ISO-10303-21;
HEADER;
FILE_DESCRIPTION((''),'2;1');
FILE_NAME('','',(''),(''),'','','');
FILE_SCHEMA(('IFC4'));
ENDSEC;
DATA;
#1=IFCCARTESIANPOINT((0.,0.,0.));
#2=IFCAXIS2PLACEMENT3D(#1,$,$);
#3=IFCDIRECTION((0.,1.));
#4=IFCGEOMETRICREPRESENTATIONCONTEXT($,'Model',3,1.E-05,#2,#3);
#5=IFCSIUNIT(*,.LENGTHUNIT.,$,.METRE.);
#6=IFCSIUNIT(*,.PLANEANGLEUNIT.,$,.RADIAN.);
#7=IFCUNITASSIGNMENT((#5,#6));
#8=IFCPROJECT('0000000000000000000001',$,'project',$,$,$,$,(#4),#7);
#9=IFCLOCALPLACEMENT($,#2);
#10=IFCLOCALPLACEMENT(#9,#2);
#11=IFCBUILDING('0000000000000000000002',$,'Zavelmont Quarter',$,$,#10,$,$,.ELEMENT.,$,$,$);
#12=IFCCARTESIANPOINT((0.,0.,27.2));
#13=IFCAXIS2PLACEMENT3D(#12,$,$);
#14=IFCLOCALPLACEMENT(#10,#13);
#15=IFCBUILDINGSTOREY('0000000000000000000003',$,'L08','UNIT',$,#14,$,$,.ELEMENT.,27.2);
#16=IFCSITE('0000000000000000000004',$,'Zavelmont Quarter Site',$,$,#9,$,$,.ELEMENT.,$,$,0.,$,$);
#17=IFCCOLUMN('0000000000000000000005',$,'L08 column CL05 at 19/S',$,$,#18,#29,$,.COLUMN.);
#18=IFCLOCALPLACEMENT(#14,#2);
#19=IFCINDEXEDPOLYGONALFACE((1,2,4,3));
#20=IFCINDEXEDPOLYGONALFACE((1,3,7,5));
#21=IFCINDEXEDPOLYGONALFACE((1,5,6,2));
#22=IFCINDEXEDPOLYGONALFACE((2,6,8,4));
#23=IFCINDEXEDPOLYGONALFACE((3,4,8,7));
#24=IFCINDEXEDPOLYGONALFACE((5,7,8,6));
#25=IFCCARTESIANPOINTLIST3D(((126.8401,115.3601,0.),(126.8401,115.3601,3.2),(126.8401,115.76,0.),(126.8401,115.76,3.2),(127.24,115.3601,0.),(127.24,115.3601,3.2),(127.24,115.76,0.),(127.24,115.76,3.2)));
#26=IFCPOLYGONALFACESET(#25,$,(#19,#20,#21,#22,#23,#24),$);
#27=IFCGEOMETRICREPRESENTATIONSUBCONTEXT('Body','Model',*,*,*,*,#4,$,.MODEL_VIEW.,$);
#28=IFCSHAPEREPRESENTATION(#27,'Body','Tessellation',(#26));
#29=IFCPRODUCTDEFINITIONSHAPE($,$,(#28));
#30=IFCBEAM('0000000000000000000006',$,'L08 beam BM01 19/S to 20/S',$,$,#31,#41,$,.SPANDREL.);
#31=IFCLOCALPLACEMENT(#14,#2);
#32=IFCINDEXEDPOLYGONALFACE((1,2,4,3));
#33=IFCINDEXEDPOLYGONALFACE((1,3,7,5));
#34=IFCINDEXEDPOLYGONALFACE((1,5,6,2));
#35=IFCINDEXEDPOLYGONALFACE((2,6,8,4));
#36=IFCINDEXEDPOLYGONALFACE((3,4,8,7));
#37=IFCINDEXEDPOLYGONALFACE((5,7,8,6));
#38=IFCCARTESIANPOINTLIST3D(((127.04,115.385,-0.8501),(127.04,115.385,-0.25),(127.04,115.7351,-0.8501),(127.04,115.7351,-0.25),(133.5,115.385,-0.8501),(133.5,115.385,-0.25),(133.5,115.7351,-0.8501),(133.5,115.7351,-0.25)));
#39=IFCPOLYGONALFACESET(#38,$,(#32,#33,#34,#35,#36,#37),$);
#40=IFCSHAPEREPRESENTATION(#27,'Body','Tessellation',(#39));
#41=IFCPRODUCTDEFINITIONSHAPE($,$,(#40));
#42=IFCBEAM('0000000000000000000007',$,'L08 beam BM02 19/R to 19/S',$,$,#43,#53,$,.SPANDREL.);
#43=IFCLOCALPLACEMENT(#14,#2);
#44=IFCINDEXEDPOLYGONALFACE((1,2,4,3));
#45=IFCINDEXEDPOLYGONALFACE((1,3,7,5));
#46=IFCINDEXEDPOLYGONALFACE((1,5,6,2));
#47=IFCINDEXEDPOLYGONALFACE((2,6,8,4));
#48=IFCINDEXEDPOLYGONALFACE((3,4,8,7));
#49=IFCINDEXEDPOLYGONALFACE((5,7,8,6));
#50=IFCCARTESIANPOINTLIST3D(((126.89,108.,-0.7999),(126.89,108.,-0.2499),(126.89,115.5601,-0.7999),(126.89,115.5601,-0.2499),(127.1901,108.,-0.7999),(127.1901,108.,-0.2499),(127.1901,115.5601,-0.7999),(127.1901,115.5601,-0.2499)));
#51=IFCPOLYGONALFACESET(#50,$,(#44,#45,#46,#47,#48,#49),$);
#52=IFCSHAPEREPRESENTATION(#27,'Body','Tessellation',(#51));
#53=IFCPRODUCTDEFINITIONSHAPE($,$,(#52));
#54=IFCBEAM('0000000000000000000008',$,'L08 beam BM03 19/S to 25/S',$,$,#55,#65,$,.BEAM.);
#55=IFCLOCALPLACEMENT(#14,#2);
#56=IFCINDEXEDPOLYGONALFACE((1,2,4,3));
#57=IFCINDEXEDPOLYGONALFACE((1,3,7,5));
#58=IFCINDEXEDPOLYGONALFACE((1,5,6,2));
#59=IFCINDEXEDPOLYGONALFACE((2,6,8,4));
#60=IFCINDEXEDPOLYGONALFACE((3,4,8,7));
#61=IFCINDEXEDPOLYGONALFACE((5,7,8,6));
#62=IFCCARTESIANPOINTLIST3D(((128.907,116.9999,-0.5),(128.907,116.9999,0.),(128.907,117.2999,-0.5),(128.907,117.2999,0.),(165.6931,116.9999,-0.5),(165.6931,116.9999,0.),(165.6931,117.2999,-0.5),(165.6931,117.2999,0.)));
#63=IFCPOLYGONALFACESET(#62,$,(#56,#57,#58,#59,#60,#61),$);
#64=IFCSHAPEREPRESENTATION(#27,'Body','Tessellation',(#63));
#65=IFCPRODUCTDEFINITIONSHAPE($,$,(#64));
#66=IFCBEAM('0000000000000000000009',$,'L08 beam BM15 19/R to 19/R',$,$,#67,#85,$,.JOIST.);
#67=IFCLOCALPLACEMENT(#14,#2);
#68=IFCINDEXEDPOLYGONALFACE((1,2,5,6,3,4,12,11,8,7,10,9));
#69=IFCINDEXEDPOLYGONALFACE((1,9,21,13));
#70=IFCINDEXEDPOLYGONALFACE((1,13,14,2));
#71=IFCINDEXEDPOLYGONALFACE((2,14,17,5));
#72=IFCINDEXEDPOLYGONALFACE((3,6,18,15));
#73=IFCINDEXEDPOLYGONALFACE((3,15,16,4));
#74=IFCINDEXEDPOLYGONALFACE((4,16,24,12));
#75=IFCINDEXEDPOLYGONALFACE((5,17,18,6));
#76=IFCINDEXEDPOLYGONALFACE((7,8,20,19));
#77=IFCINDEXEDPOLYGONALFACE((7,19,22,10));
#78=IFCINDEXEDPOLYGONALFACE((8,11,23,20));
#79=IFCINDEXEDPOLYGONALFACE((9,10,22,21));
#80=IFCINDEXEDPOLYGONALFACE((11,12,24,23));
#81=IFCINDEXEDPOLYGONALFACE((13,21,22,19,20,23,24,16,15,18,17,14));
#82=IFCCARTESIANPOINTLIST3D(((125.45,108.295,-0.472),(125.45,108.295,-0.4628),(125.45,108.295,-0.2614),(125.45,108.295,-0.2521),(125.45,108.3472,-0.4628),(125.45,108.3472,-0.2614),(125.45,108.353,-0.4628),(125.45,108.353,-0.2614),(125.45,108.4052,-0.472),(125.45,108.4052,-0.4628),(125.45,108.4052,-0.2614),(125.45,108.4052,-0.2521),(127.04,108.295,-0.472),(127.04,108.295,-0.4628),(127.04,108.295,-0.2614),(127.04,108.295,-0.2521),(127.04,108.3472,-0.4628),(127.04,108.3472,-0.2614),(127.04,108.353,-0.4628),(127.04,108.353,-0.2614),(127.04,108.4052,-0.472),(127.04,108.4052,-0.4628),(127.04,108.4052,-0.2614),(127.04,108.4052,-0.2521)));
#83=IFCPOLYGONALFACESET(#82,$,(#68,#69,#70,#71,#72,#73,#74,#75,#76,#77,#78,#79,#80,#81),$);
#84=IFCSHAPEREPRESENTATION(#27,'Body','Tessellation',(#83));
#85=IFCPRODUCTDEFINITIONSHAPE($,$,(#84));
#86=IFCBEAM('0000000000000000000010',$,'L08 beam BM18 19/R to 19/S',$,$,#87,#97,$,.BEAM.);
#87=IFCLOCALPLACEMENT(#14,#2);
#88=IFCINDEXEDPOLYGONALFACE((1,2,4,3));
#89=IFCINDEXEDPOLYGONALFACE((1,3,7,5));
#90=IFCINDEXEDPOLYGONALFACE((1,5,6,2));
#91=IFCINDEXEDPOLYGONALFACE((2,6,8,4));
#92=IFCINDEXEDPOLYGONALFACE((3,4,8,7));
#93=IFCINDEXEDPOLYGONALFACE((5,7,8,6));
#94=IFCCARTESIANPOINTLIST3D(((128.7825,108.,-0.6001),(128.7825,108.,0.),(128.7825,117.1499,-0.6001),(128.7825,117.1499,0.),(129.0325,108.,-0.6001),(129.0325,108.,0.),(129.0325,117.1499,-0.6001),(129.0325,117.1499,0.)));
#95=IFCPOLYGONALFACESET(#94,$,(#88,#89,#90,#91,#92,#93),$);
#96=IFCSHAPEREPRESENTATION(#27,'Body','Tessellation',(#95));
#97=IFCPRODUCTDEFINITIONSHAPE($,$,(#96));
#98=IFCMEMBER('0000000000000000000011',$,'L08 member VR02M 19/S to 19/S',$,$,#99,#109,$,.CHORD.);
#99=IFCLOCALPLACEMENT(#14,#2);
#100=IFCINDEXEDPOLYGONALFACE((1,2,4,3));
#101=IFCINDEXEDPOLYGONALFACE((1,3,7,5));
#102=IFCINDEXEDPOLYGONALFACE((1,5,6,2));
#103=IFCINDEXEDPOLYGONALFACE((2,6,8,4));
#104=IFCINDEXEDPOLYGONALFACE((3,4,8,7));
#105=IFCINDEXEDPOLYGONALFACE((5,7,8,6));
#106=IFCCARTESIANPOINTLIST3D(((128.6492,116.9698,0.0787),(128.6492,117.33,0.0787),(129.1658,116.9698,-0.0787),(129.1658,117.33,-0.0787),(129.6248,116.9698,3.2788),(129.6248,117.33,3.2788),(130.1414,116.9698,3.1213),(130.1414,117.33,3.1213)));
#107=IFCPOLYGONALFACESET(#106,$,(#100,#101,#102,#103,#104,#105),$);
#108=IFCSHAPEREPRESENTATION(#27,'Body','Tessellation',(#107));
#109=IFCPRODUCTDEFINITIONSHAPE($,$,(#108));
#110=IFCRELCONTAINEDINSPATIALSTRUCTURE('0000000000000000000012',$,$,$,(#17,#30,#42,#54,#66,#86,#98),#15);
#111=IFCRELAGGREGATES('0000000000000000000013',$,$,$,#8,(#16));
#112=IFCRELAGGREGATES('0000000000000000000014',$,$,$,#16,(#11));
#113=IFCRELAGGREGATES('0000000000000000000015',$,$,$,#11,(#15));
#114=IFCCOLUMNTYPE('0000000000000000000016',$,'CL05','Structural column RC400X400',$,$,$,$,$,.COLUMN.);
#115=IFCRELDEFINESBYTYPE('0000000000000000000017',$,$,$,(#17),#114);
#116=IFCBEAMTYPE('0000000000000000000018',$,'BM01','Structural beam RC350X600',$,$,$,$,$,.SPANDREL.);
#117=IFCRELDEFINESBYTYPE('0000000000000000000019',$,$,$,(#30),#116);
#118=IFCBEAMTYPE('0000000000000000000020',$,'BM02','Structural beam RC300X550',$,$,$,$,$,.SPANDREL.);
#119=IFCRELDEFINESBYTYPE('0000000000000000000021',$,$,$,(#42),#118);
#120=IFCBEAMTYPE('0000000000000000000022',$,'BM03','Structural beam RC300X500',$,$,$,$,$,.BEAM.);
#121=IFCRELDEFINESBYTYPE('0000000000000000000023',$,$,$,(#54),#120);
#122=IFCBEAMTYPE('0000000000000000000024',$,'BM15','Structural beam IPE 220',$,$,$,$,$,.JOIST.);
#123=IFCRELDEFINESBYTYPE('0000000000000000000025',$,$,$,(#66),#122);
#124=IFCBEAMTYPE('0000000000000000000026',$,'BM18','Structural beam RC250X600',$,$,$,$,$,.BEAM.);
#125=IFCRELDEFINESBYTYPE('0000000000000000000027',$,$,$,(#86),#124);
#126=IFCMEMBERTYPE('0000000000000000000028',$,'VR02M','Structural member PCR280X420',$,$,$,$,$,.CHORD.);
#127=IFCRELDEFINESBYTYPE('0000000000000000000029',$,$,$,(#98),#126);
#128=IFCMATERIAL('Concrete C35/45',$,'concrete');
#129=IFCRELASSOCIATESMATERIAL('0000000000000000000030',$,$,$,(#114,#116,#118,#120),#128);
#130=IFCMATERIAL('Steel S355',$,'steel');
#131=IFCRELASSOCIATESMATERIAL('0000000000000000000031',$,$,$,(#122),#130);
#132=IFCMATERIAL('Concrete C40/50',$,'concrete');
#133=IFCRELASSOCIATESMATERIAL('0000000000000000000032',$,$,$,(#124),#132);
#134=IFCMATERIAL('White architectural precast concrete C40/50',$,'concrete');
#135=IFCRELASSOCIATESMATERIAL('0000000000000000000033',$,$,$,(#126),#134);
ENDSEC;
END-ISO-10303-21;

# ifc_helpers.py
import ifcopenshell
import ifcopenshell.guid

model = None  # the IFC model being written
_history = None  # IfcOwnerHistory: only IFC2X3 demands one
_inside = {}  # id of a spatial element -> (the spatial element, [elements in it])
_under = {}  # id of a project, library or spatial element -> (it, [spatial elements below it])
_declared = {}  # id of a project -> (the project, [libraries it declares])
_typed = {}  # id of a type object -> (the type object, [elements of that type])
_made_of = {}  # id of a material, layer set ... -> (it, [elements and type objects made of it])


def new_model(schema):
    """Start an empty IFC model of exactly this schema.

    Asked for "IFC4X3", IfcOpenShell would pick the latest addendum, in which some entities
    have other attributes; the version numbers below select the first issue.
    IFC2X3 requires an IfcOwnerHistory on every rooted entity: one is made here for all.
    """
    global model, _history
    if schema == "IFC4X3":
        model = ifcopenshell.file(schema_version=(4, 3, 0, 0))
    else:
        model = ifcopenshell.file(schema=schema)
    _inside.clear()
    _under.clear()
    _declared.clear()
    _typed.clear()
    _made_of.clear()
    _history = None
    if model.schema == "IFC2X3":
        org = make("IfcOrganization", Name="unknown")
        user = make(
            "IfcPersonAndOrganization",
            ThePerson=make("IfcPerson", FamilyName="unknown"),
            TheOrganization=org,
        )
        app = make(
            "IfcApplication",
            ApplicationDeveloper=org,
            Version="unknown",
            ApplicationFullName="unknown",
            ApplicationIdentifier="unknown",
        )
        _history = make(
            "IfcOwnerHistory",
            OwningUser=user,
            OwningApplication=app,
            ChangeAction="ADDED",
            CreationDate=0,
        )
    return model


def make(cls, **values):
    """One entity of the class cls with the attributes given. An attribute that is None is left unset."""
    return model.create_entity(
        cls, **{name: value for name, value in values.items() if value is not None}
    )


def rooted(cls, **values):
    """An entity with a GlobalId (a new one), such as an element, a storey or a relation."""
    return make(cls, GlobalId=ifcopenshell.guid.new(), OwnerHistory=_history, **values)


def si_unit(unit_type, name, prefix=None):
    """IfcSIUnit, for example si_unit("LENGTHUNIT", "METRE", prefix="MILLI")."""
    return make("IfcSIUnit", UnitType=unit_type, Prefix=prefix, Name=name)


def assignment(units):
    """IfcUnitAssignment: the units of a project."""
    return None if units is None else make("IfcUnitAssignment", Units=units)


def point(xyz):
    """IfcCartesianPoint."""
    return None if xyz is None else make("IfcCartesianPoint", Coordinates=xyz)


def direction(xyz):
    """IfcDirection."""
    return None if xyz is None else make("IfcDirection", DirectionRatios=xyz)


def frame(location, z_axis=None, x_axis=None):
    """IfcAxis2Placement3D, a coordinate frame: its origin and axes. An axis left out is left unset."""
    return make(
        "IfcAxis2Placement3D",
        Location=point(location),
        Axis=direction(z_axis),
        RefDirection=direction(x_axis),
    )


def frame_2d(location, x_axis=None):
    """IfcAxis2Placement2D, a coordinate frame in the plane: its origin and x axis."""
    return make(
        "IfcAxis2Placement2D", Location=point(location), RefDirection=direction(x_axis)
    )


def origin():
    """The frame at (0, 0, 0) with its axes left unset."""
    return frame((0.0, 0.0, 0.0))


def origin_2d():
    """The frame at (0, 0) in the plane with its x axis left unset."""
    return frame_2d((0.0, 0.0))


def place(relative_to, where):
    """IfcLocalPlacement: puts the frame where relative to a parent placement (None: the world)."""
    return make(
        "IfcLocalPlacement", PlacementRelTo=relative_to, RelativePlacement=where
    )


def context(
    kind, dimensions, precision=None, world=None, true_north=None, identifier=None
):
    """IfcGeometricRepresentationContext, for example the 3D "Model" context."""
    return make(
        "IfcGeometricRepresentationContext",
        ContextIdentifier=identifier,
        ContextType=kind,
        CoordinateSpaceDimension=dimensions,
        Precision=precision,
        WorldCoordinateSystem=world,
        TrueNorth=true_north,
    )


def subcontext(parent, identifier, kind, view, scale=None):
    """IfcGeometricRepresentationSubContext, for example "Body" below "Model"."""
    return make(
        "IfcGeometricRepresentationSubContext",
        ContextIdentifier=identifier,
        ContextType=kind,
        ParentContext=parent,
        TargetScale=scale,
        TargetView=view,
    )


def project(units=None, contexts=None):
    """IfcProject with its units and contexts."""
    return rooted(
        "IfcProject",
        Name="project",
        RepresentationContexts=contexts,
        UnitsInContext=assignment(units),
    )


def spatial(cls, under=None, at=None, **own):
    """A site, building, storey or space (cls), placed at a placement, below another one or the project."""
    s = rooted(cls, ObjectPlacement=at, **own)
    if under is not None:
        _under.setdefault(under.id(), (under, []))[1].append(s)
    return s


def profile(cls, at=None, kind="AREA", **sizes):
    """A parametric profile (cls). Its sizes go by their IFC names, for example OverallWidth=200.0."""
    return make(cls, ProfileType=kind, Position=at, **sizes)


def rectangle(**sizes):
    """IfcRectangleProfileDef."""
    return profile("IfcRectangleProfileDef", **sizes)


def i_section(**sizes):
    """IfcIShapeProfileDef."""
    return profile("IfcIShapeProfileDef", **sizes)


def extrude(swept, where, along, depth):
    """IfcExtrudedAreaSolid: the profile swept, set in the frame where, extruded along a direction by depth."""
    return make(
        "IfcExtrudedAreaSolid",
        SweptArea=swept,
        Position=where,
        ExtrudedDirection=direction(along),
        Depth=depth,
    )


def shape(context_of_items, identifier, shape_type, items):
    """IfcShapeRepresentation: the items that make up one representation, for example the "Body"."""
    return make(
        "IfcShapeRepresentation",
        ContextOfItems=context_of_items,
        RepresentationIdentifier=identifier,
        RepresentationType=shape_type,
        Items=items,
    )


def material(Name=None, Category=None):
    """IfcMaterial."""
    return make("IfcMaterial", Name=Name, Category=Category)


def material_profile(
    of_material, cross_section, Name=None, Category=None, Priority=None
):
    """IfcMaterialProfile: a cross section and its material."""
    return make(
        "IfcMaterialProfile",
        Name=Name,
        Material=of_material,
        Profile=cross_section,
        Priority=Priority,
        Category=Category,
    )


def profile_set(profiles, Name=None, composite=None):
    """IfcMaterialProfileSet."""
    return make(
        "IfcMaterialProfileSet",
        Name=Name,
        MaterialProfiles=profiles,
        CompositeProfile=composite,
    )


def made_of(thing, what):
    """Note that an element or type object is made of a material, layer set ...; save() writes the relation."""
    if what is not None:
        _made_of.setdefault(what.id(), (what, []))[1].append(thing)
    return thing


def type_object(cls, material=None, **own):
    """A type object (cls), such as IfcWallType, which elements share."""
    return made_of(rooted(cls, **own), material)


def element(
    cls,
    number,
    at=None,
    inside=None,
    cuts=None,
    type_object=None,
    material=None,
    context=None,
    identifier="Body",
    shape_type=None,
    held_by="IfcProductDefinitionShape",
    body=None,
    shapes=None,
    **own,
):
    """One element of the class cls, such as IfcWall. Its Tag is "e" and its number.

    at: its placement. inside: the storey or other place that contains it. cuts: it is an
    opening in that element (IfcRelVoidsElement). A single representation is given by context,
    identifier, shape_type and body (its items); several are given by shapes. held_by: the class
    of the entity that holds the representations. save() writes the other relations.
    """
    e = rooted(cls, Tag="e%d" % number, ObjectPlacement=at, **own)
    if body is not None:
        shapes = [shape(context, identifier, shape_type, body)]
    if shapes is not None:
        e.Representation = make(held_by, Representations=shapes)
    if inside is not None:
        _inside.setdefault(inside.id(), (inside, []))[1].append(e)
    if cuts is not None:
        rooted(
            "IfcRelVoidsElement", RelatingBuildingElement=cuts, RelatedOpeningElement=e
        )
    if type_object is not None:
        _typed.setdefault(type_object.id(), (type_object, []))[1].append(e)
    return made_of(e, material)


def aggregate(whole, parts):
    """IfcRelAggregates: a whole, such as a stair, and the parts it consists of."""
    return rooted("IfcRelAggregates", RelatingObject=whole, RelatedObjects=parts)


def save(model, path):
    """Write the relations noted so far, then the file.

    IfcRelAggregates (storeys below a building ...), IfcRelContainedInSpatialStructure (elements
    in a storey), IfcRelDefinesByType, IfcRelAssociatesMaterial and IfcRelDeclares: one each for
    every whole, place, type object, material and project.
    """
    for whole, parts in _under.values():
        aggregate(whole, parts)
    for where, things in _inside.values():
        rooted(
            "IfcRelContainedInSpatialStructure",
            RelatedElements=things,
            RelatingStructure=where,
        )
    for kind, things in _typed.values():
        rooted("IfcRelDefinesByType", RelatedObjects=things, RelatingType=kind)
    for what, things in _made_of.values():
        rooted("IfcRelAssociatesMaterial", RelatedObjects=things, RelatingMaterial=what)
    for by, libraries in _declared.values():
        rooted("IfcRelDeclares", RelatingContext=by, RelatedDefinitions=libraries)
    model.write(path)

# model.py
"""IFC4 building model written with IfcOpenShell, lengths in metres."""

from ifc_helpers import new_model, si_unit, direction, frame, origin, origin_2d, place, context, subcontext, project, spatial, rectangle, i_section, extrude, material, material_profile, profile_set, type_object, element, save


model = new_model("IFC4")

# Units and contexts
model_context = context("Model", 3, precision=1e-05, world=origin(), true_north=direction((0.0, 1.0)))
body_context = subcontext(model_context, "Body", "Model", "MODEL_VIEW")
ifc_project = project(units=[si_unit("LENGTHUNIT", "METRE"), si_unit("PLANEANGLEUNIT", "RADIAN")], contexts=[model_context])

# Site, building, storey
site_placement = place(None, origin())
site = spatial("IfcSite", under=ifc_project, at=site_placement, Name="Zavelmont Quarter Site", CompositionType="ELEMENT", RefElevation=0.0)
building_placement = place(site_placement, origin())
building = spatial("IfcBuilding", under=site, at=building_placement, Name="Zavelmont Quarter", CompositionType="ELEMENT")
storey_placement = place(building_placement, frame((0.0, 0.0, 27.2)))
storey = spatial("IfcBuildingStorey", under=building, at=storey_placement, Name="L08", Description="UNIT", CompositionType="ELEMENT", Elevation=27.2)

# Column
ifc_material_1 = material(Name="Concrete C35/45", Category="concrete")
ifc_material_profile_1 = material_profile(ifc_material_1, rectangle(XDim=0.3999, YDim=0.3999, at=origin_2d()), Name="RC400X400")
ifc_profile_set_1 = profile_set([ifc_material_profile_1], Name="Concrete C35/45")
column_type = type_object("IfcColumnType", Name="CL05", Description="Structural column RC400X400", PredefinedType="COLUMN", material=ifc_profile_set_1)
column_placement = place(storey_placement, frame((127.04, 115.5601, 0.0), z_axis=(0.0, 0.0, 1.0), x_axis=(1.0, 0.0, 0.0)))
element("IfcColumn", 1, at=column_placement, inside=storey, type_object=column_type, Name="L08 column CL05 at 19/S", PredefinedType="COLUMN", context=body_context, shape_type="SweptSolid", body=[
    extrude(rectangle(XDim=0.3999, YDim=0.3999, at=origin_2d()), origin(), (0.0, 0.0, 1.0), 3.2),
])

# Beams
ifc_material_profile_2 = material_profile(ifc_material_1, rectangle(XDim=0.3501, YDim=0.6001, at=origin_2d()), Name="RC350X600")
ifc_profile_set_2 = profile_set([ifc_material_profile_2], Name="Concrete C35/45")
beam_type_1 = type_object("IfcBeamType", Name="BM01", Description="Structural beam RC350X600", PredefinedType="SPANDREL", material=ifc_profile_set_2)
beam_1_placement = place(storey_placement, frame((127.04, 115.5601, -0.55), z_axis=(1.0, 0.0, 0.0), x_axis=(0.0, 1.0, 0.0)))
element("IfcBeam", 2, at=beam_1_placement, inside=storey, type_object=beam_type_1, Name="L08 beam BM01 19/S to 20/S", PredefinedType="SPANDREL", context=body_context, shape_type="SweptSolid", body=[
    extrude(rectangle(XDim=0.3501, YDim=0.6001, at=origin_2d()), origin(), (0.0, 0.0, 1.0), 6.46),
])
ifc_material_profile_3 = material_profile(ifc_material_1, rectangle(XDim=0.3, YDim=0.55, at=origin_2d()), Name="RC300X550")
ifc_profile_set_3 = profile_set([ifc_material_profile_3], Name="Concrete C35/45")
beam_type_2 = type_object("IfcBeamType", Name="BM02", Description="Structural beam RC300X550", PredefinedType="SPANDREL", material=ifc_profile_set_3)
beam_2_placement = place(storey_placement, frame((127.04, 108.0, -0.5249), z_axis=(0.0, 1.0, 0.0), x_axis=(-1.0, 0.0, 0.0)))
element("IfcBeam", 3, at=beam_2_placement, inside=storey, type_object=beam_type_2, Name="L08 beam BM02 19/R to 19/S", PredefinedType="SPANDREL", context=body_context, shape_type="SweptSolid", body=[
    extrude(rectangle(XDim=0.3, YDim=0.55, at=origin_2d()), origin(), (0.0, 0.0, 1.0), 7.5601),
])
ifc_material_profile_4 = material_profile(ifc_material_1, rectangle(XDim=0.3, YDim=0.5, at=origin_2d()), Name="RC300X500")
ifc_profile_set_4 = profile_set([ifc_material_profile_4], Name="Concrete C35/45")
beam_type_3 = type_object("IfcBeamType", Name="BM03", Description="Structural beam RC300X500", PredefinedType="BEAM", material=ifc_profile_set_4)
beam_3_placement = place(storey_placement, frame((128.907, 117.1499, -0.25), z_axis=(1.0, 0.0, 0.0), x_axis=(0.0, 1.0, 0.0)))
element("IfcBeam", 4, at=beam_3_placement, inside=storey, type_object=beam_type_3, Name="L08 beam BM03 19/S to 25/S", PredefinedType="BEAM", context=body_context, shape_type="SweptSolid", body=[
    extrude(rectangle(XDim=0.3, YDim=0.5, at=origin_2d()), origin(), (0.0, 0.0, 1.0), 36.7861),
])
ifc_material_2 = material(Name="Steel S355", Category="steel")
ifc_material_profile_5 = material_profile(ifc_material_2, i_section(OverallWidth=0.1101, OverallDepth=0.22, WebThickness=0.0059, FlangeThickness=0.0093, at=origin_2d()), Name="IPE 220")
ifc_profile_set_5 = profile_set([ifc_material_profile_5], Name="Steel S355")
beam_type_4 = type_object("IfcBeamType", Name="BM15", Description="Structural beam IPE 220", PredefinedType="JOIST", material=ifc_profile_set_5)
beam_4_placement = place(storey_placement, frame((127.04, 108.3501, -0.3621), z_axis=(-1.0, 0.0, 0.0), x_axis=(0.0, -1.0, 0.0)))
element("IfcBeam", 5, at=beam_4_placement, inside=storey, type_object=beam_type_4, Name="L08 beam BM15 19/R to 19/R", PredefinedType="JOIST", context=body_context, shape_type="SweptSolid", body=[
    extrude(i_section(OverallWidth=0.1101, OverallDepth=0.22, WebThickness=0.0059, FlangeThickness=0.0093, at=origin_2d()), origin(), (0.0, 0.0, 1.0), 1.5901),
])
ifc_material_3 = material(Name="Concrete C40/50", Category="concrete")
ifc_material_profile_6 = material_profile(ifc_material_3, rectangle(XDim=0.25, YDim=0.6001, at=origin_2d()), Name="RC250X600")
ifc_profile_set_6 = profile_set([ifc_material_profile_6], Name="Concrete C40/50")
beam_type_5 = type_object("IfcBeamType", Name="BM18", Description="Structural beam RC250X600", PredefinedType="BEAM", material=ifc_profile_set_6)
beam_5_placement = place(storey_placement, frame((128.9075, 108.0, -0.3), z_axis=(0.0, 1.0, 0.0), x_axis=(-1.0, 0.0, 0.0)))
element("IfcBeam", 6, at=beam_5_placement, inside=storey, type_object=beam_type_5, Name="L08 beam BM18 19/R to 19/S", PredefinedType="BEAM", context=body_context, shape_type="SweptSolid", body=[
    extrude(rectangle(XDim=0.25, YDim=0.6001, at=origin_2d()), origin(), (0.0, 0.0, 1.0), 9.1499),
])

# Member
ifc_material_4 = material(Name="White architectural precast concrete C40/50", Category="concrete")
ifc_material_profile_7 = material_profile(ifc_material_4, rectangle(XDim=0.3601, YDim=0.54, at=origin_2d()), Name="PCR280X420")
ifc_profile_set_7 = profile_set([ifc_material_profile_7], Name="White architectural precast concrete C40/50")
member_type = type_object("IfcMemberType", Name="VR02M", Description="Structural member PCR280X420", PredefinedType="CHORD", material=ifc_profile_set_7)
member_placement = place(storey_placement, frame((128.9075, 117.1499, 0.0), z_axis=(0.291623, 0.0, 0.956533), x_axis=(0.0, 1.0, 0.0)))
element("IfcMember", 7, at=member_placement, inside=storey, type_object=member_type, Name="L08 member VR02M 19/S to 19/S", PredefinedType="CHORD", context=body_context, shape_type="SweptSolid", body=[
    extrude(rectangle(XDim=0.3601, YDim=0.54, at=origin_2d()), origin(), (0.0, 0.0, 1.0), 3.3455),
])

save(model, "model.ifc")
